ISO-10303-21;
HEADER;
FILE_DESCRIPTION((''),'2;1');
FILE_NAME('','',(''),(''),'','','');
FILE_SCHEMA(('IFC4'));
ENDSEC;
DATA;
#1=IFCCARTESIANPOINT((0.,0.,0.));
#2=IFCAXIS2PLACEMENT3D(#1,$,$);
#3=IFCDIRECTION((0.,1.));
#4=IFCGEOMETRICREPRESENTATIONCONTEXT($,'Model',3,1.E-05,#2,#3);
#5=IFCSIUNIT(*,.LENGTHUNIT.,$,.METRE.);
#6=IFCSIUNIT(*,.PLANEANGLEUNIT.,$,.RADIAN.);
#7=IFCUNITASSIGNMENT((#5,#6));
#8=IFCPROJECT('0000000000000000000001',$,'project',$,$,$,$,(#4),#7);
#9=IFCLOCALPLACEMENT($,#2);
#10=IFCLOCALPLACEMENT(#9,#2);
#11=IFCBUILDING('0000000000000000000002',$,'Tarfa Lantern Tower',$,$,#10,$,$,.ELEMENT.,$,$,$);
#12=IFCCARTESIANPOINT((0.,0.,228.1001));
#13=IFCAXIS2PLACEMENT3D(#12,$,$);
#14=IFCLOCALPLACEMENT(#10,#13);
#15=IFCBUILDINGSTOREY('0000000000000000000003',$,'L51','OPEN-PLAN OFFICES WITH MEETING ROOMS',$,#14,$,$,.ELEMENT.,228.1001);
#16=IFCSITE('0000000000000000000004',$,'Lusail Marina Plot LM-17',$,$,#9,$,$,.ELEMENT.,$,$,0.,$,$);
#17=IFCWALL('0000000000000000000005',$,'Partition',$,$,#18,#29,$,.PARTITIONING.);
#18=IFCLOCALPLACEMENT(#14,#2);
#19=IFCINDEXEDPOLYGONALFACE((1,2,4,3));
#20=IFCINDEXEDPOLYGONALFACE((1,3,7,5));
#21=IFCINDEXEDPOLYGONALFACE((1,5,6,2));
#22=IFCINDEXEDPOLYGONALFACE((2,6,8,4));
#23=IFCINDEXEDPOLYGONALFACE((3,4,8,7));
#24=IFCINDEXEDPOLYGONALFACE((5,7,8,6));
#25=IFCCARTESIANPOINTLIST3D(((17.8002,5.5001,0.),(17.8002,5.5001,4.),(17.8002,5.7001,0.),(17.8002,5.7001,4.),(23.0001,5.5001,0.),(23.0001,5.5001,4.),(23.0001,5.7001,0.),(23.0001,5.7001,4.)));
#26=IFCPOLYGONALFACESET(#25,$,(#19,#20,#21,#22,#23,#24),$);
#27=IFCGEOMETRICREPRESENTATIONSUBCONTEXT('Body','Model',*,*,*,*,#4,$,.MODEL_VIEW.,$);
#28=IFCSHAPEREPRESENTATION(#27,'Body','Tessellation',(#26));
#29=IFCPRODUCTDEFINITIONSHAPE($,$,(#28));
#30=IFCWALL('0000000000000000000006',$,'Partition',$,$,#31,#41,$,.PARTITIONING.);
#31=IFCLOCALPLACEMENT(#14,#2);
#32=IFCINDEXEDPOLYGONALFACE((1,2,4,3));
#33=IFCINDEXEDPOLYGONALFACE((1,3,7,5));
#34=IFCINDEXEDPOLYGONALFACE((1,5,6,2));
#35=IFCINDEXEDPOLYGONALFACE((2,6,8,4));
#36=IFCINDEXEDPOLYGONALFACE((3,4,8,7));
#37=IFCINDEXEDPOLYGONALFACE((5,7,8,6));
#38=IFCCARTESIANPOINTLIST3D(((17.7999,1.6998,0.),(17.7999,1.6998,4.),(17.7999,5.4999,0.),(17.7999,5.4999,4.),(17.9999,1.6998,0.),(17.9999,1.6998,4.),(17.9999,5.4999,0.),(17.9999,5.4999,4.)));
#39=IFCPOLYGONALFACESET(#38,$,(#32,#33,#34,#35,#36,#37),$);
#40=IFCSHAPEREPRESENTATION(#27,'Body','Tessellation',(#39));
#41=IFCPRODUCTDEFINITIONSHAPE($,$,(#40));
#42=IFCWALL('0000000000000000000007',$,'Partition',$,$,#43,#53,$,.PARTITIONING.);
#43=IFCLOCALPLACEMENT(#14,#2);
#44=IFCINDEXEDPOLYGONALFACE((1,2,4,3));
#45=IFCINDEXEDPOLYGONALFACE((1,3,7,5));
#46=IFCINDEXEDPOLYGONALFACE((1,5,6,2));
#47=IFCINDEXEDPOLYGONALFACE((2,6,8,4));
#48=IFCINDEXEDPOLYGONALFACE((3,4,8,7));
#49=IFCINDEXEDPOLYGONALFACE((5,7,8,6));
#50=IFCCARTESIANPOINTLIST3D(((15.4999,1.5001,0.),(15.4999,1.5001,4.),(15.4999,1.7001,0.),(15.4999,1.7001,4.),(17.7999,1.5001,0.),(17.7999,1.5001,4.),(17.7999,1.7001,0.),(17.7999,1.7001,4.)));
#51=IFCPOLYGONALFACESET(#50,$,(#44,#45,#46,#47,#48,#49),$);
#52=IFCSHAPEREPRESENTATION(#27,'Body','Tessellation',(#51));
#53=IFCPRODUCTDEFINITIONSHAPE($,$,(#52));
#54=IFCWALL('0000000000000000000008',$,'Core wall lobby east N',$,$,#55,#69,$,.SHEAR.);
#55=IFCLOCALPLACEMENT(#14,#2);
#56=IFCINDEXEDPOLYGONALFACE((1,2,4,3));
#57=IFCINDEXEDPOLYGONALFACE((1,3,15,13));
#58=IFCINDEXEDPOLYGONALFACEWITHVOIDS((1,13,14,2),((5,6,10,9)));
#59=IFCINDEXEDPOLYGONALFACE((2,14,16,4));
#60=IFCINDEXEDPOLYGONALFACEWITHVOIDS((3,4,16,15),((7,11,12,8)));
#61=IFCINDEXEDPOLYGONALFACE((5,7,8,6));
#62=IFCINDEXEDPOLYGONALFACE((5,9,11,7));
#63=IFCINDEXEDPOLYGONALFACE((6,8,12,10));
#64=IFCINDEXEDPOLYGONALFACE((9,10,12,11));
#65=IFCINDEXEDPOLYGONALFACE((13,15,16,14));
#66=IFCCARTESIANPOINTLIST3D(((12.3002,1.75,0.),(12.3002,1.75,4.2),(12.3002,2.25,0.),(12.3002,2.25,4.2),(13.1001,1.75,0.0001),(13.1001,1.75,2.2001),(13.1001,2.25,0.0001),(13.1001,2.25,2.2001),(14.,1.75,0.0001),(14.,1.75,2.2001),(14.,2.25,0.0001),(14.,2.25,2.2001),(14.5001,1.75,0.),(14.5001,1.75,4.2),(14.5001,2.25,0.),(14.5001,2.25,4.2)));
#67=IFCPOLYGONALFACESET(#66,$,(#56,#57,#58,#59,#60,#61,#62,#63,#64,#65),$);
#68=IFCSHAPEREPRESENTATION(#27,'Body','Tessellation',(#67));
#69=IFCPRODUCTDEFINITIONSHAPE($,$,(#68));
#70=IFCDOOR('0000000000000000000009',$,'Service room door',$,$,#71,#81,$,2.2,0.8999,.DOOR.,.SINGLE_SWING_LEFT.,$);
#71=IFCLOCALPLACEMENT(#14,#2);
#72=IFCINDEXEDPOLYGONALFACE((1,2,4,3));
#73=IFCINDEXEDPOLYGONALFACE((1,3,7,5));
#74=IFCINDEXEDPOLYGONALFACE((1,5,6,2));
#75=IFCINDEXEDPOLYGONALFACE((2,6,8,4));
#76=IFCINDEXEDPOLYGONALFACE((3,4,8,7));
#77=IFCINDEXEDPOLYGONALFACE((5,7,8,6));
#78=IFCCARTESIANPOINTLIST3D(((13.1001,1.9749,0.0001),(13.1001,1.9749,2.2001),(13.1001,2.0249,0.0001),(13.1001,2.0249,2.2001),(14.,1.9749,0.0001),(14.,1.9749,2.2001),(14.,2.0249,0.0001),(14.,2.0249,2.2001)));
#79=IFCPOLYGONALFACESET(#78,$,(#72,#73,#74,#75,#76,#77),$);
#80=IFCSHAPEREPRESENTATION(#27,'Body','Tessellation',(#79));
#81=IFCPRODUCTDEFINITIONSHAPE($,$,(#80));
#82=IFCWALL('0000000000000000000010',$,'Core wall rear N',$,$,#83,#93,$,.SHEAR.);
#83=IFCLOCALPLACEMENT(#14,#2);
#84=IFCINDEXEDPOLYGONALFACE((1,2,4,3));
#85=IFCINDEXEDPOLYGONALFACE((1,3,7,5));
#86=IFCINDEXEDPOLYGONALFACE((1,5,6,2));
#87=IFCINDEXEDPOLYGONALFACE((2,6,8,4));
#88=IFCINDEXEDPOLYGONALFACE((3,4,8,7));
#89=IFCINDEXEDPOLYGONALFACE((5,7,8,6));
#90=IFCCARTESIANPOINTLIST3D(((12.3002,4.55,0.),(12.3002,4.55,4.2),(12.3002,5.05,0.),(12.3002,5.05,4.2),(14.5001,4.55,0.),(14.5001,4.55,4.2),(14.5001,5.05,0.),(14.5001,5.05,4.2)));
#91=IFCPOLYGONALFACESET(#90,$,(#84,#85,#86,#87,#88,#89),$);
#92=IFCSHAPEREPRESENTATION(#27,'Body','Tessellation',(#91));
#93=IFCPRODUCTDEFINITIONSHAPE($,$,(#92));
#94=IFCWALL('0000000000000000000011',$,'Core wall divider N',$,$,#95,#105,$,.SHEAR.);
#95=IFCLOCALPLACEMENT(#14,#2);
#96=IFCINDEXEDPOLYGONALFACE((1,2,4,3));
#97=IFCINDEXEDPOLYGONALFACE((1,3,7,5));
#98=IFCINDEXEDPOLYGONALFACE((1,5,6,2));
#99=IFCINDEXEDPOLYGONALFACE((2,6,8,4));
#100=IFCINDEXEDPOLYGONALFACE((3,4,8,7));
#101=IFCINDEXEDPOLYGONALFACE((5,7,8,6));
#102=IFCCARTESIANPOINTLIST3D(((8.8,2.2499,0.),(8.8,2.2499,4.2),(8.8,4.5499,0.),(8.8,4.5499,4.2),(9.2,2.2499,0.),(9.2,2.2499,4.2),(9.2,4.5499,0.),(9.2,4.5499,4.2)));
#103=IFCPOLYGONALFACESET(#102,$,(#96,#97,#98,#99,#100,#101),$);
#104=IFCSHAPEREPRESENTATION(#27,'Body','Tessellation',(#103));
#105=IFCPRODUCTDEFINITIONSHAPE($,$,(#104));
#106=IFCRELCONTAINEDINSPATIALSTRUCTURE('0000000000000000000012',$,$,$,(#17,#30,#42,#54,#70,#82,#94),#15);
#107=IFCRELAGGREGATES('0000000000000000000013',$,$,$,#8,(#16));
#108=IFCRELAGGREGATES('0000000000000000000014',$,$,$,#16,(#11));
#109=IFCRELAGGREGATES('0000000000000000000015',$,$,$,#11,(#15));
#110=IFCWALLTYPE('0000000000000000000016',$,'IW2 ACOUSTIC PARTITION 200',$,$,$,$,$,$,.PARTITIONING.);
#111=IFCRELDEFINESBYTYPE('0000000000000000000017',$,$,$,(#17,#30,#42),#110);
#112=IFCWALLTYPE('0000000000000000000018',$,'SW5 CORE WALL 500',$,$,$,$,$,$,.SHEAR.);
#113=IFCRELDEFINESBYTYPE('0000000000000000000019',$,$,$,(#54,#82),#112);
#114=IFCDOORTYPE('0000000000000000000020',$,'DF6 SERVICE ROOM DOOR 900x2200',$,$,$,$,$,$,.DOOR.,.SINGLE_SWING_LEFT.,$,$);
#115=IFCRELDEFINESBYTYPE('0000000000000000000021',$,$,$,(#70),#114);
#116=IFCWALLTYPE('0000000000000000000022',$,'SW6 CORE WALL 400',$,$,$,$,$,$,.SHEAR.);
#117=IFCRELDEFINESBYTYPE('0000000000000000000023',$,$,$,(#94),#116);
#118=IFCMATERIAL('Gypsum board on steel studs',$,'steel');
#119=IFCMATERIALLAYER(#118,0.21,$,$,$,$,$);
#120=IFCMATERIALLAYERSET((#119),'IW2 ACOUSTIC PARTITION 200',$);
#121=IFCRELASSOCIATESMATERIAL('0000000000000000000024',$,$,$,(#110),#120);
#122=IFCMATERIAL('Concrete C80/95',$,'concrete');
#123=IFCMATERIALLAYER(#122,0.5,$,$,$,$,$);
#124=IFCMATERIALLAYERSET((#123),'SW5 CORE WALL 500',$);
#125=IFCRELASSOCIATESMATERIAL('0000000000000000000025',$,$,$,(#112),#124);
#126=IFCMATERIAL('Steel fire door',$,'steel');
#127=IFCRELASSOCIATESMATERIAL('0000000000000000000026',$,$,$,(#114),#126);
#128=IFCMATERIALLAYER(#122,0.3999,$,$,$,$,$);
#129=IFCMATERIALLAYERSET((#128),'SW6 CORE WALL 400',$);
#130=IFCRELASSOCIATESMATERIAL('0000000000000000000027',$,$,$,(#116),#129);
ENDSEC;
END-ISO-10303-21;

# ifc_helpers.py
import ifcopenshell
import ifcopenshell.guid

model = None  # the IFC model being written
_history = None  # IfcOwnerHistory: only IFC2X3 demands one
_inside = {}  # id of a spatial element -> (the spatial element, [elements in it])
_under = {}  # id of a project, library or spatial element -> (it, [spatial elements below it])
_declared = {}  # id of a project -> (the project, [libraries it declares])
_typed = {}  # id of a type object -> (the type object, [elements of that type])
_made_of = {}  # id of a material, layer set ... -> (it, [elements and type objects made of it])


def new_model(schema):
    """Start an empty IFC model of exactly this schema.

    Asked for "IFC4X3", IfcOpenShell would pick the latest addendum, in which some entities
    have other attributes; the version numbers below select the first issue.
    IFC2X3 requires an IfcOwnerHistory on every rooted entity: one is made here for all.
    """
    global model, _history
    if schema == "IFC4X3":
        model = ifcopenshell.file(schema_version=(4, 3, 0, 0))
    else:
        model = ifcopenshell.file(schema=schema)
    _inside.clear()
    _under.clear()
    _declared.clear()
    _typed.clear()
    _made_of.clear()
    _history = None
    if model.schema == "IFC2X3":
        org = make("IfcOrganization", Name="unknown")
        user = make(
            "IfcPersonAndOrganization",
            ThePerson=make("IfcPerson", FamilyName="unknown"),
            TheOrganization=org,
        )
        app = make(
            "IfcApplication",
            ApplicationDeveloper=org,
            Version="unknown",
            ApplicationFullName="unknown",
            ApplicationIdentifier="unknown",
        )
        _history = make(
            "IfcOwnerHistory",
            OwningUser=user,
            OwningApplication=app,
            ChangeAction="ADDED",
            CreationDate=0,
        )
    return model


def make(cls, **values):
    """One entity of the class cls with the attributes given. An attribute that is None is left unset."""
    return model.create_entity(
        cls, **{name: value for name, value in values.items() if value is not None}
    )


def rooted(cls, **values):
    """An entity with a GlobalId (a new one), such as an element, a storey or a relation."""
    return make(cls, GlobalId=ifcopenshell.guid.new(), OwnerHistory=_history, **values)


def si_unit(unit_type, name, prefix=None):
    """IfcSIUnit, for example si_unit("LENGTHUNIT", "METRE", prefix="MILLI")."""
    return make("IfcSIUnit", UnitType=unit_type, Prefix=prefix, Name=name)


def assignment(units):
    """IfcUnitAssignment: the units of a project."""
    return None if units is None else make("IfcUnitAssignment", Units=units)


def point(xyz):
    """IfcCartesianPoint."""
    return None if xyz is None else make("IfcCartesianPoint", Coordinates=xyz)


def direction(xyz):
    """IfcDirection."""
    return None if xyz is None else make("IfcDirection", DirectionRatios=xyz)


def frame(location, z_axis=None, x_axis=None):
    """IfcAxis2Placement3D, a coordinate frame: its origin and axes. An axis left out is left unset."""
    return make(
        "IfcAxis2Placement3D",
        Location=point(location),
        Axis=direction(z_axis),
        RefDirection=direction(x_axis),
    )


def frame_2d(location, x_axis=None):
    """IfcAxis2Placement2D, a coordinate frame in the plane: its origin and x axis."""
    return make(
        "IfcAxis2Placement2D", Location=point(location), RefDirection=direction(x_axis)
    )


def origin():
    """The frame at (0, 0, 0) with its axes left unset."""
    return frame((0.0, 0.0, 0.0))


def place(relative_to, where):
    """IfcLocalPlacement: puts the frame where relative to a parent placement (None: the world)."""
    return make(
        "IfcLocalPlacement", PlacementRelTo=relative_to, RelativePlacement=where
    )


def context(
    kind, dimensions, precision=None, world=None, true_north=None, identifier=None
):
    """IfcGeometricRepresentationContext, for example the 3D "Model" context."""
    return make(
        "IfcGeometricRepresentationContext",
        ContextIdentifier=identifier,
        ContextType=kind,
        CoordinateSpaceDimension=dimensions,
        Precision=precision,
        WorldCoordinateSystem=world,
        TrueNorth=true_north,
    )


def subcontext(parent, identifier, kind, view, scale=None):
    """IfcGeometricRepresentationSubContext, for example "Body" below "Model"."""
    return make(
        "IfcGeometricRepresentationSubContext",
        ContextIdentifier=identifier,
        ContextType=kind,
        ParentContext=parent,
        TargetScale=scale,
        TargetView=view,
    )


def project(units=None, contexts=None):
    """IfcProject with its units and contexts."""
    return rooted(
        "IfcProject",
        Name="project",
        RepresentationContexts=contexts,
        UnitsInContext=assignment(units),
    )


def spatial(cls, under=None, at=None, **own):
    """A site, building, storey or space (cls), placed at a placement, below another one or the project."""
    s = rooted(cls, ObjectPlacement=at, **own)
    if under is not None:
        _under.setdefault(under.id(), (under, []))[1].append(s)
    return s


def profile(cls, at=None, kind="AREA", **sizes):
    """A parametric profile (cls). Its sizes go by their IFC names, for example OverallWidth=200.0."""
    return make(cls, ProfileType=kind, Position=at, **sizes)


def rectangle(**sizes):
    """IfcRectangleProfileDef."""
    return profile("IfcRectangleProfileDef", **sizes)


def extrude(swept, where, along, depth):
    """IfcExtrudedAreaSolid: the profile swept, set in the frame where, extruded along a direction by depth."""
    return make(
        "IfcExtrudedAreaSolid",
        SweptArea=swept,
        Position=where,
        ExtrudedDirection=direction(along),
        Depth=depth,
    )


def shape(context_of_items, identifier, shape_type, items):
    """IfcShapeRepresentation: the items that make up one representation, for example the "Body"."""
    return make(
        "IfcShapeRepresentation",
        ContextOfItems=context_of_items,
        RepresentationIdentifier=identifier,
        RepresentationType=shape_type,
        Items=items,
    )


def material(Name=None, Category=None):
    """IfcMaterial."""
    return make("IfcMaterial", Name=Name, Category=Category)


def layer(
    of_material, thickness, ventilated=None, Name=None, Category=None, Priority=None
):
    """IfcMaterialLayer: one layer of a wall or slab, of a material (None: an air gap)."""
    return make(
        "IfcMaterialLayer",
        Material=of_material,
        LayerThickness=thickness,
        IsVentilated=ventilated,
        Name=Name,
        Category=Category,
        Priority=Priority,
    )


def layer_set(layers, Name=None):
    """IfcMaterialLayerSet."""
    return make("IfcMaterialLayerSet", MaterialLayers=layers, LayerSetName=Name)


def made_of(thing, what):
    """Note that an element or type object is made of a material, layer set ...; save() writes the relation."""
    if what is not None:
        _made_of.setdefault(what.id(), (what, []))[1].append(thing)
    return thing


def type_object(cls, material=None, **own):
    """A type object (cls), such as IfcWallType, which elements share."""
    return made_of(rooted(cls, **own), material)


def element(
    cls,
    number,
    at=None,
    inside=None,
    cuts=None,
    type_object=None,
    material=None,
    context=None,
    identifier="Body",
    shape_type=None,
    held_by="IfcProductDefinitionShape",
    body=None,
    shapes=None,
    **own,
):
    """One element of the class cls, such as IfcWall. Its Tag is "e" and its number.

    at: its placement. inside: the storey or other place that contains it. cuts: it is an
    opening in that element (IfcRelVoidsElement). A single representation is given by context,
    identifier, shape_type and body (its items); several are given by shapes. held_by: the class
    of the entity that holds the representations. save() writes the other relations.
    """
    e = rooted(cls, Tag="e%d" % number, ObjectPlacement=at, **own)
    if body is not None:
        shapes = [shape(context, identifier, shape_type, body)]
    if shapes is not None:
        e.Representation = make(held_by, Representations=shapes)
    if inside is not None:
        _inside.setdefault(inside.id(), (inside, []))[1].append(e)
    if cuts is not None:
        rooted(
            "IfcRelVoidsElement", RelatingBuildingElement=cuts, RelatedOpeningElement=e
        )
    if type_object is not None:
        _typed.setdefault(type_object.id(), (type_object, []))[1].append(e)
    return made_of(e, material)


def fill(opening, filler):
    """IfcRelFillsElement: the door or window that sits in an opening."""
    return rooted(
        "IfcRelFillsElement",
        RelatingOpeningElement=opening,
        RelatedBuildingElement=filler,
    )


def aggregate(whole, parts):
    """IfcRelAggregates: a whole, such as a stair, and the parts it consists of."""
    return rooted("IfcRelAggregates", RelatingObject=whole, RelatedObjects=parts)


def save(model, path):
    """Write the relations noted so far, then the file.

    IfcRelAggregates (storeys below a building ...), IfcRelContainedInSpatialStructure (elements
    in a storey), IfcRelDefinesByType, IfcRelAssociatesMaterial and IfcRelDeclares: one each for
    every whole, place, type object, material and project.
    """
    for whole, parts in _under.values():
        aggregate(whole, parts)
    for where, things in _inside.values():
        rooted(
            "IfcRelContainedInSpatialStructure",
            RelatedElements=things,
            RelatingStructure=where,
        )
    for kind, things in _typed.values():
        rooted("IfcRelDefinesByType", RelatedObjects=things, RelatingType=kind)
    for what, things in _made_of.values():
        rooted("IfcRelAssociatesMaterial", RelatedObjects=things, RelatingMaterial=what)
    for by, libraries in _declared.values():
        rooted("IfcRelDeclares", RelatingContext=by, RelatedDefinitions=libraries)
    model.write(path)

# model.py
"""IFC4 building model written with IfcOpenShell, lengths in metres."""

from ifc_helpers import new_model, si_unit, direction, frame, frame_2d, origin, place, context, subcontext, project, spatial, rectangle, extrude, material, layer, layer_set, type_object, element, fill, save


model = new_model("IFC4")

# Units and contexts
model_context = context("Model", 3, precision=1e-05, world=origin(), true_north=direction((0.0, 1.0)))
body_context = subcontext(model_context, "Body", "Model", "MODEL_VIEW")
ifc_project = project(units=[si_unit("LENGTHUNIT", "METRE"), si_unit("PLANEANGLEUNIT", "RADIAN")], contexts=[model_context])

# Site, building, storey
site_placement = place(None, origin())
site = spatial("IfcSite", under=ifc_project, at=site_placement, Name="Lusail Marina Plot LM-17", CompositionType="ELEMENT", RefElevation=0.0)
building_placement = place(site_placement, origin())
building = spatial("IfcBuilding", under=site, at=building_placement, Name="Tarfa Lantern Tower", CompositionType="ELEMENT")
storey_placement = place(building_placement, frame((0.0, 0.0, 228.1001)))
storey = spatial("IfcBuildingStorey", under=building, at=storey_placement, Name="L51", Description="OPEN-PLAN OFFICES WITH MEETING ROOMS", CompositionType="ELEMENT", Elevation=228.1001)

# Shared definitions
ifc_material_1 = material(Name="Gypsum board on steel studs", Category="steel")
ifc_layer_1 = layer(ifc_material_1, 0.21)
ifc_layer_set_1 = layer_set([ifc_layer_1], Name="IW2 ACOUSTIC PARTITION 200")
wall_type_1 = type_object("IfcWallType", Name="IW2 ACOUSTIC PARTITION 200", PredefinedType="PARTITIONING", material=ifc_layer_set_1)

# Walls
wall_1_placement = place(storey_placement, frame((17.8, 5.6001, 0.0), z_axis=(0.0, 0.0, 1.0), x_axis=(1.0, 0.0, 0.0)))
element("IfcWall", 1, at=wall_1_placement, inside=storey, type_object=wall_type_1, Name="Partition", PredefinedType="PARTITIONING", context=body_context, shape_type="SweptSolid", body=[
    extrude(rectangle(XDim=5.2, YDim=0.2, at=frame_2d((2.6001, 0.0))), origin(), (0.0, 0.0, 1.0), 4.0),
])
wall_2_placement = place(storey_placement, frame((17.8999, 1.7, 0.0), z_axis=(0.0, 0.0, 1.0), x_axis=(0.0, 1.0, 0.0)))
element("IfcWall", 2, at=wall_2_placement, inside=storey, type_object=wall_type_1, Name="Partition", PredefinedType="PARTITIONING", context=body_context, shape_type="SweptSolid", body=[
    extrude(rectangle(XDim=3.8, YDim=0.2, at=frame_2d((1.8999, 0.0))), origin(), (0.0, 0.0, 1.0), 4.0),
])
wall_3_placement = place(storey_placement, frame((15.5, 1.6001, 0.0), z_axis=(0.0, 0.0, 1.0), x_axis=(1.0, 0.0, 0.0)))
element("IfcWall", 3, at=wall_3_placement, inside=storey, type_object=wall_type_1, Name="Partition", PredefinedType="PARTITIONING", context=body_context, shape_type="SweptSolid", body=[
    extrude(rectangle(XDim=2.3, YDim=0.2, at=frame_2d((1.1499, 0.0))), origin(), (0.0, 0.0, 1.0), 4.0),
])

# Wall, opening, door
ifc_material_2 = material(Name="Concrete C80/95", Category="concrete")
ifc_layer_2 = layer(ifc_material_2, 0.5)
ifc_layer_set_2 = layer_set([ifc_layer_2], Name="SW5 CORE WALL 500")
wall_type_2 = type_object("IfcWallType", Name="SW5 CORE WALL 500", PredefinedType="SHEAR", material=ifc_layer_set_2)
wall_4_placement = place(storey_placement, frame((12.3, 2.0, 0.0), z_axis=(0.0, 0.0, 1.0), x_axis=(1.0, 0.0, 0.0)))
wall_4 = element("IfcWall", 4, at=wall_4_placement, inside=storey, type_object=wall_type_2, Name="Core wall lobby east N", PredefinedType="SHEAR", context=body_context, shape_type="SweptSolid", body=[
    extrude(rectangle(XDim=2.2, YDim=0.5, at=frame_2d((1.1001, 0.0))), origin(), (0.0, 0.0, 1.0), 4.2),
])
opening_1_placement = place(wall_4_placement, frame((0.8, 0.0, 0.0)))
opening_1 = element("IfcOpeningElement", 5, at=opening_1_placement, cuts=wall_4, PredefinedType="OPENING", context=body_context, shape_type="SweptSolid", body=[
    extrude(rectangle(XDim=0.8999, YDim=2.2, at=frame_2d((0.45, 1.1001))), frame((0.0, 0.26, 0.0), z_axis=(0.0, -1.0, 0.0), x_axis=(1.0, 0.0, 0.0)), (0.0, 0.0, 1.0), 0.52),
])
ifc_material_3 = material(Name="Steel fire door", Category="steel")
door_type_1 = type_object("IfcDoorType", Name="DF6 SERVICE ROOM DOOR 900x2200", OperationType="SINGLE_SWING_LEFT", PredefinedType="DOOR", material=ifc_material_3)
door_1_placement = place(opening_1_placement, origin())
door_1 = element("IfcDoor", 6, at=door_1_placement, inside=storey, type_object=door_type_1, Name="Service room door", OperationType="SINGLE_SWING_LEFT", OverallHeight=2.2, OverallWidth=0.8999, PredefinedType="DOOR", context=body_context, shape_type="SweptSolid", body=[
    extrude(rectangle(XDim=0.8999, YDim=2.2, at=frame_2d((0.45, 1.1001))), frame((0.0, 0.0249, 0.0), z_axis=(0.0, -1.0, 0.0), x_axis=(1.0, 0.0, 0.0)), (0.0, 0.0, 1.0), 0.05),
])
fill(opening_1, door_1)

# Walls
wall_5_placement = place(storey_placement, frame((12.3, 4.8, 0.0), z_axis=(0.0, 0.0, 1.0), x_axis=(1.0, 0.0, 0.0)))
element("IfcWall", 7, at=wall_5_placement, inside=storey, type_object=wall_type_2, Name="Core wall rear N", PredefinedType="SHEAR", context=body_context, shape_type="SweptSolid", body=[
    extrude(rectangle(XDim=2.2, YDim=0.5, at=frame_2d((1.1001, 0.0))), origin(), (0.0, 0.0, 1.0), 4.2),
])
ifc_layer_3 = layer(ifc_material_2, 0.3999)
ifc_layer_set_3 = layer_set([ifc_layer_3], Name="SW6 CORE WALL 400")
wall_type_3 = type_object("IfcWallType", Name="SW6 CORE WALL 400", PredefinedType="SHEAR", material=ifc_layer_set_3)
wall_6_placement = place(storey_placement, frame((9.0, 2.25, 0.0), z_axis=(0.0, 0.0, 1.0), x_axis=(0.0, 1.0, 0.0)))
element("IfcWall", 8, at=wall_6_placement, inside=storey, type_object=wall_type_3, Name="Core wall divider N", PredefinedType="SHEAR", context=body_context, shape_type="SweptSolid", body=[
    extrude(rectangle(XDim=2.3, YDim=0.3999, at=frame_2d((1.1499, 0.0))), origin(), (0.0, 0.0, 1.0), 4.2),
])

save(model, "model.ifc")
